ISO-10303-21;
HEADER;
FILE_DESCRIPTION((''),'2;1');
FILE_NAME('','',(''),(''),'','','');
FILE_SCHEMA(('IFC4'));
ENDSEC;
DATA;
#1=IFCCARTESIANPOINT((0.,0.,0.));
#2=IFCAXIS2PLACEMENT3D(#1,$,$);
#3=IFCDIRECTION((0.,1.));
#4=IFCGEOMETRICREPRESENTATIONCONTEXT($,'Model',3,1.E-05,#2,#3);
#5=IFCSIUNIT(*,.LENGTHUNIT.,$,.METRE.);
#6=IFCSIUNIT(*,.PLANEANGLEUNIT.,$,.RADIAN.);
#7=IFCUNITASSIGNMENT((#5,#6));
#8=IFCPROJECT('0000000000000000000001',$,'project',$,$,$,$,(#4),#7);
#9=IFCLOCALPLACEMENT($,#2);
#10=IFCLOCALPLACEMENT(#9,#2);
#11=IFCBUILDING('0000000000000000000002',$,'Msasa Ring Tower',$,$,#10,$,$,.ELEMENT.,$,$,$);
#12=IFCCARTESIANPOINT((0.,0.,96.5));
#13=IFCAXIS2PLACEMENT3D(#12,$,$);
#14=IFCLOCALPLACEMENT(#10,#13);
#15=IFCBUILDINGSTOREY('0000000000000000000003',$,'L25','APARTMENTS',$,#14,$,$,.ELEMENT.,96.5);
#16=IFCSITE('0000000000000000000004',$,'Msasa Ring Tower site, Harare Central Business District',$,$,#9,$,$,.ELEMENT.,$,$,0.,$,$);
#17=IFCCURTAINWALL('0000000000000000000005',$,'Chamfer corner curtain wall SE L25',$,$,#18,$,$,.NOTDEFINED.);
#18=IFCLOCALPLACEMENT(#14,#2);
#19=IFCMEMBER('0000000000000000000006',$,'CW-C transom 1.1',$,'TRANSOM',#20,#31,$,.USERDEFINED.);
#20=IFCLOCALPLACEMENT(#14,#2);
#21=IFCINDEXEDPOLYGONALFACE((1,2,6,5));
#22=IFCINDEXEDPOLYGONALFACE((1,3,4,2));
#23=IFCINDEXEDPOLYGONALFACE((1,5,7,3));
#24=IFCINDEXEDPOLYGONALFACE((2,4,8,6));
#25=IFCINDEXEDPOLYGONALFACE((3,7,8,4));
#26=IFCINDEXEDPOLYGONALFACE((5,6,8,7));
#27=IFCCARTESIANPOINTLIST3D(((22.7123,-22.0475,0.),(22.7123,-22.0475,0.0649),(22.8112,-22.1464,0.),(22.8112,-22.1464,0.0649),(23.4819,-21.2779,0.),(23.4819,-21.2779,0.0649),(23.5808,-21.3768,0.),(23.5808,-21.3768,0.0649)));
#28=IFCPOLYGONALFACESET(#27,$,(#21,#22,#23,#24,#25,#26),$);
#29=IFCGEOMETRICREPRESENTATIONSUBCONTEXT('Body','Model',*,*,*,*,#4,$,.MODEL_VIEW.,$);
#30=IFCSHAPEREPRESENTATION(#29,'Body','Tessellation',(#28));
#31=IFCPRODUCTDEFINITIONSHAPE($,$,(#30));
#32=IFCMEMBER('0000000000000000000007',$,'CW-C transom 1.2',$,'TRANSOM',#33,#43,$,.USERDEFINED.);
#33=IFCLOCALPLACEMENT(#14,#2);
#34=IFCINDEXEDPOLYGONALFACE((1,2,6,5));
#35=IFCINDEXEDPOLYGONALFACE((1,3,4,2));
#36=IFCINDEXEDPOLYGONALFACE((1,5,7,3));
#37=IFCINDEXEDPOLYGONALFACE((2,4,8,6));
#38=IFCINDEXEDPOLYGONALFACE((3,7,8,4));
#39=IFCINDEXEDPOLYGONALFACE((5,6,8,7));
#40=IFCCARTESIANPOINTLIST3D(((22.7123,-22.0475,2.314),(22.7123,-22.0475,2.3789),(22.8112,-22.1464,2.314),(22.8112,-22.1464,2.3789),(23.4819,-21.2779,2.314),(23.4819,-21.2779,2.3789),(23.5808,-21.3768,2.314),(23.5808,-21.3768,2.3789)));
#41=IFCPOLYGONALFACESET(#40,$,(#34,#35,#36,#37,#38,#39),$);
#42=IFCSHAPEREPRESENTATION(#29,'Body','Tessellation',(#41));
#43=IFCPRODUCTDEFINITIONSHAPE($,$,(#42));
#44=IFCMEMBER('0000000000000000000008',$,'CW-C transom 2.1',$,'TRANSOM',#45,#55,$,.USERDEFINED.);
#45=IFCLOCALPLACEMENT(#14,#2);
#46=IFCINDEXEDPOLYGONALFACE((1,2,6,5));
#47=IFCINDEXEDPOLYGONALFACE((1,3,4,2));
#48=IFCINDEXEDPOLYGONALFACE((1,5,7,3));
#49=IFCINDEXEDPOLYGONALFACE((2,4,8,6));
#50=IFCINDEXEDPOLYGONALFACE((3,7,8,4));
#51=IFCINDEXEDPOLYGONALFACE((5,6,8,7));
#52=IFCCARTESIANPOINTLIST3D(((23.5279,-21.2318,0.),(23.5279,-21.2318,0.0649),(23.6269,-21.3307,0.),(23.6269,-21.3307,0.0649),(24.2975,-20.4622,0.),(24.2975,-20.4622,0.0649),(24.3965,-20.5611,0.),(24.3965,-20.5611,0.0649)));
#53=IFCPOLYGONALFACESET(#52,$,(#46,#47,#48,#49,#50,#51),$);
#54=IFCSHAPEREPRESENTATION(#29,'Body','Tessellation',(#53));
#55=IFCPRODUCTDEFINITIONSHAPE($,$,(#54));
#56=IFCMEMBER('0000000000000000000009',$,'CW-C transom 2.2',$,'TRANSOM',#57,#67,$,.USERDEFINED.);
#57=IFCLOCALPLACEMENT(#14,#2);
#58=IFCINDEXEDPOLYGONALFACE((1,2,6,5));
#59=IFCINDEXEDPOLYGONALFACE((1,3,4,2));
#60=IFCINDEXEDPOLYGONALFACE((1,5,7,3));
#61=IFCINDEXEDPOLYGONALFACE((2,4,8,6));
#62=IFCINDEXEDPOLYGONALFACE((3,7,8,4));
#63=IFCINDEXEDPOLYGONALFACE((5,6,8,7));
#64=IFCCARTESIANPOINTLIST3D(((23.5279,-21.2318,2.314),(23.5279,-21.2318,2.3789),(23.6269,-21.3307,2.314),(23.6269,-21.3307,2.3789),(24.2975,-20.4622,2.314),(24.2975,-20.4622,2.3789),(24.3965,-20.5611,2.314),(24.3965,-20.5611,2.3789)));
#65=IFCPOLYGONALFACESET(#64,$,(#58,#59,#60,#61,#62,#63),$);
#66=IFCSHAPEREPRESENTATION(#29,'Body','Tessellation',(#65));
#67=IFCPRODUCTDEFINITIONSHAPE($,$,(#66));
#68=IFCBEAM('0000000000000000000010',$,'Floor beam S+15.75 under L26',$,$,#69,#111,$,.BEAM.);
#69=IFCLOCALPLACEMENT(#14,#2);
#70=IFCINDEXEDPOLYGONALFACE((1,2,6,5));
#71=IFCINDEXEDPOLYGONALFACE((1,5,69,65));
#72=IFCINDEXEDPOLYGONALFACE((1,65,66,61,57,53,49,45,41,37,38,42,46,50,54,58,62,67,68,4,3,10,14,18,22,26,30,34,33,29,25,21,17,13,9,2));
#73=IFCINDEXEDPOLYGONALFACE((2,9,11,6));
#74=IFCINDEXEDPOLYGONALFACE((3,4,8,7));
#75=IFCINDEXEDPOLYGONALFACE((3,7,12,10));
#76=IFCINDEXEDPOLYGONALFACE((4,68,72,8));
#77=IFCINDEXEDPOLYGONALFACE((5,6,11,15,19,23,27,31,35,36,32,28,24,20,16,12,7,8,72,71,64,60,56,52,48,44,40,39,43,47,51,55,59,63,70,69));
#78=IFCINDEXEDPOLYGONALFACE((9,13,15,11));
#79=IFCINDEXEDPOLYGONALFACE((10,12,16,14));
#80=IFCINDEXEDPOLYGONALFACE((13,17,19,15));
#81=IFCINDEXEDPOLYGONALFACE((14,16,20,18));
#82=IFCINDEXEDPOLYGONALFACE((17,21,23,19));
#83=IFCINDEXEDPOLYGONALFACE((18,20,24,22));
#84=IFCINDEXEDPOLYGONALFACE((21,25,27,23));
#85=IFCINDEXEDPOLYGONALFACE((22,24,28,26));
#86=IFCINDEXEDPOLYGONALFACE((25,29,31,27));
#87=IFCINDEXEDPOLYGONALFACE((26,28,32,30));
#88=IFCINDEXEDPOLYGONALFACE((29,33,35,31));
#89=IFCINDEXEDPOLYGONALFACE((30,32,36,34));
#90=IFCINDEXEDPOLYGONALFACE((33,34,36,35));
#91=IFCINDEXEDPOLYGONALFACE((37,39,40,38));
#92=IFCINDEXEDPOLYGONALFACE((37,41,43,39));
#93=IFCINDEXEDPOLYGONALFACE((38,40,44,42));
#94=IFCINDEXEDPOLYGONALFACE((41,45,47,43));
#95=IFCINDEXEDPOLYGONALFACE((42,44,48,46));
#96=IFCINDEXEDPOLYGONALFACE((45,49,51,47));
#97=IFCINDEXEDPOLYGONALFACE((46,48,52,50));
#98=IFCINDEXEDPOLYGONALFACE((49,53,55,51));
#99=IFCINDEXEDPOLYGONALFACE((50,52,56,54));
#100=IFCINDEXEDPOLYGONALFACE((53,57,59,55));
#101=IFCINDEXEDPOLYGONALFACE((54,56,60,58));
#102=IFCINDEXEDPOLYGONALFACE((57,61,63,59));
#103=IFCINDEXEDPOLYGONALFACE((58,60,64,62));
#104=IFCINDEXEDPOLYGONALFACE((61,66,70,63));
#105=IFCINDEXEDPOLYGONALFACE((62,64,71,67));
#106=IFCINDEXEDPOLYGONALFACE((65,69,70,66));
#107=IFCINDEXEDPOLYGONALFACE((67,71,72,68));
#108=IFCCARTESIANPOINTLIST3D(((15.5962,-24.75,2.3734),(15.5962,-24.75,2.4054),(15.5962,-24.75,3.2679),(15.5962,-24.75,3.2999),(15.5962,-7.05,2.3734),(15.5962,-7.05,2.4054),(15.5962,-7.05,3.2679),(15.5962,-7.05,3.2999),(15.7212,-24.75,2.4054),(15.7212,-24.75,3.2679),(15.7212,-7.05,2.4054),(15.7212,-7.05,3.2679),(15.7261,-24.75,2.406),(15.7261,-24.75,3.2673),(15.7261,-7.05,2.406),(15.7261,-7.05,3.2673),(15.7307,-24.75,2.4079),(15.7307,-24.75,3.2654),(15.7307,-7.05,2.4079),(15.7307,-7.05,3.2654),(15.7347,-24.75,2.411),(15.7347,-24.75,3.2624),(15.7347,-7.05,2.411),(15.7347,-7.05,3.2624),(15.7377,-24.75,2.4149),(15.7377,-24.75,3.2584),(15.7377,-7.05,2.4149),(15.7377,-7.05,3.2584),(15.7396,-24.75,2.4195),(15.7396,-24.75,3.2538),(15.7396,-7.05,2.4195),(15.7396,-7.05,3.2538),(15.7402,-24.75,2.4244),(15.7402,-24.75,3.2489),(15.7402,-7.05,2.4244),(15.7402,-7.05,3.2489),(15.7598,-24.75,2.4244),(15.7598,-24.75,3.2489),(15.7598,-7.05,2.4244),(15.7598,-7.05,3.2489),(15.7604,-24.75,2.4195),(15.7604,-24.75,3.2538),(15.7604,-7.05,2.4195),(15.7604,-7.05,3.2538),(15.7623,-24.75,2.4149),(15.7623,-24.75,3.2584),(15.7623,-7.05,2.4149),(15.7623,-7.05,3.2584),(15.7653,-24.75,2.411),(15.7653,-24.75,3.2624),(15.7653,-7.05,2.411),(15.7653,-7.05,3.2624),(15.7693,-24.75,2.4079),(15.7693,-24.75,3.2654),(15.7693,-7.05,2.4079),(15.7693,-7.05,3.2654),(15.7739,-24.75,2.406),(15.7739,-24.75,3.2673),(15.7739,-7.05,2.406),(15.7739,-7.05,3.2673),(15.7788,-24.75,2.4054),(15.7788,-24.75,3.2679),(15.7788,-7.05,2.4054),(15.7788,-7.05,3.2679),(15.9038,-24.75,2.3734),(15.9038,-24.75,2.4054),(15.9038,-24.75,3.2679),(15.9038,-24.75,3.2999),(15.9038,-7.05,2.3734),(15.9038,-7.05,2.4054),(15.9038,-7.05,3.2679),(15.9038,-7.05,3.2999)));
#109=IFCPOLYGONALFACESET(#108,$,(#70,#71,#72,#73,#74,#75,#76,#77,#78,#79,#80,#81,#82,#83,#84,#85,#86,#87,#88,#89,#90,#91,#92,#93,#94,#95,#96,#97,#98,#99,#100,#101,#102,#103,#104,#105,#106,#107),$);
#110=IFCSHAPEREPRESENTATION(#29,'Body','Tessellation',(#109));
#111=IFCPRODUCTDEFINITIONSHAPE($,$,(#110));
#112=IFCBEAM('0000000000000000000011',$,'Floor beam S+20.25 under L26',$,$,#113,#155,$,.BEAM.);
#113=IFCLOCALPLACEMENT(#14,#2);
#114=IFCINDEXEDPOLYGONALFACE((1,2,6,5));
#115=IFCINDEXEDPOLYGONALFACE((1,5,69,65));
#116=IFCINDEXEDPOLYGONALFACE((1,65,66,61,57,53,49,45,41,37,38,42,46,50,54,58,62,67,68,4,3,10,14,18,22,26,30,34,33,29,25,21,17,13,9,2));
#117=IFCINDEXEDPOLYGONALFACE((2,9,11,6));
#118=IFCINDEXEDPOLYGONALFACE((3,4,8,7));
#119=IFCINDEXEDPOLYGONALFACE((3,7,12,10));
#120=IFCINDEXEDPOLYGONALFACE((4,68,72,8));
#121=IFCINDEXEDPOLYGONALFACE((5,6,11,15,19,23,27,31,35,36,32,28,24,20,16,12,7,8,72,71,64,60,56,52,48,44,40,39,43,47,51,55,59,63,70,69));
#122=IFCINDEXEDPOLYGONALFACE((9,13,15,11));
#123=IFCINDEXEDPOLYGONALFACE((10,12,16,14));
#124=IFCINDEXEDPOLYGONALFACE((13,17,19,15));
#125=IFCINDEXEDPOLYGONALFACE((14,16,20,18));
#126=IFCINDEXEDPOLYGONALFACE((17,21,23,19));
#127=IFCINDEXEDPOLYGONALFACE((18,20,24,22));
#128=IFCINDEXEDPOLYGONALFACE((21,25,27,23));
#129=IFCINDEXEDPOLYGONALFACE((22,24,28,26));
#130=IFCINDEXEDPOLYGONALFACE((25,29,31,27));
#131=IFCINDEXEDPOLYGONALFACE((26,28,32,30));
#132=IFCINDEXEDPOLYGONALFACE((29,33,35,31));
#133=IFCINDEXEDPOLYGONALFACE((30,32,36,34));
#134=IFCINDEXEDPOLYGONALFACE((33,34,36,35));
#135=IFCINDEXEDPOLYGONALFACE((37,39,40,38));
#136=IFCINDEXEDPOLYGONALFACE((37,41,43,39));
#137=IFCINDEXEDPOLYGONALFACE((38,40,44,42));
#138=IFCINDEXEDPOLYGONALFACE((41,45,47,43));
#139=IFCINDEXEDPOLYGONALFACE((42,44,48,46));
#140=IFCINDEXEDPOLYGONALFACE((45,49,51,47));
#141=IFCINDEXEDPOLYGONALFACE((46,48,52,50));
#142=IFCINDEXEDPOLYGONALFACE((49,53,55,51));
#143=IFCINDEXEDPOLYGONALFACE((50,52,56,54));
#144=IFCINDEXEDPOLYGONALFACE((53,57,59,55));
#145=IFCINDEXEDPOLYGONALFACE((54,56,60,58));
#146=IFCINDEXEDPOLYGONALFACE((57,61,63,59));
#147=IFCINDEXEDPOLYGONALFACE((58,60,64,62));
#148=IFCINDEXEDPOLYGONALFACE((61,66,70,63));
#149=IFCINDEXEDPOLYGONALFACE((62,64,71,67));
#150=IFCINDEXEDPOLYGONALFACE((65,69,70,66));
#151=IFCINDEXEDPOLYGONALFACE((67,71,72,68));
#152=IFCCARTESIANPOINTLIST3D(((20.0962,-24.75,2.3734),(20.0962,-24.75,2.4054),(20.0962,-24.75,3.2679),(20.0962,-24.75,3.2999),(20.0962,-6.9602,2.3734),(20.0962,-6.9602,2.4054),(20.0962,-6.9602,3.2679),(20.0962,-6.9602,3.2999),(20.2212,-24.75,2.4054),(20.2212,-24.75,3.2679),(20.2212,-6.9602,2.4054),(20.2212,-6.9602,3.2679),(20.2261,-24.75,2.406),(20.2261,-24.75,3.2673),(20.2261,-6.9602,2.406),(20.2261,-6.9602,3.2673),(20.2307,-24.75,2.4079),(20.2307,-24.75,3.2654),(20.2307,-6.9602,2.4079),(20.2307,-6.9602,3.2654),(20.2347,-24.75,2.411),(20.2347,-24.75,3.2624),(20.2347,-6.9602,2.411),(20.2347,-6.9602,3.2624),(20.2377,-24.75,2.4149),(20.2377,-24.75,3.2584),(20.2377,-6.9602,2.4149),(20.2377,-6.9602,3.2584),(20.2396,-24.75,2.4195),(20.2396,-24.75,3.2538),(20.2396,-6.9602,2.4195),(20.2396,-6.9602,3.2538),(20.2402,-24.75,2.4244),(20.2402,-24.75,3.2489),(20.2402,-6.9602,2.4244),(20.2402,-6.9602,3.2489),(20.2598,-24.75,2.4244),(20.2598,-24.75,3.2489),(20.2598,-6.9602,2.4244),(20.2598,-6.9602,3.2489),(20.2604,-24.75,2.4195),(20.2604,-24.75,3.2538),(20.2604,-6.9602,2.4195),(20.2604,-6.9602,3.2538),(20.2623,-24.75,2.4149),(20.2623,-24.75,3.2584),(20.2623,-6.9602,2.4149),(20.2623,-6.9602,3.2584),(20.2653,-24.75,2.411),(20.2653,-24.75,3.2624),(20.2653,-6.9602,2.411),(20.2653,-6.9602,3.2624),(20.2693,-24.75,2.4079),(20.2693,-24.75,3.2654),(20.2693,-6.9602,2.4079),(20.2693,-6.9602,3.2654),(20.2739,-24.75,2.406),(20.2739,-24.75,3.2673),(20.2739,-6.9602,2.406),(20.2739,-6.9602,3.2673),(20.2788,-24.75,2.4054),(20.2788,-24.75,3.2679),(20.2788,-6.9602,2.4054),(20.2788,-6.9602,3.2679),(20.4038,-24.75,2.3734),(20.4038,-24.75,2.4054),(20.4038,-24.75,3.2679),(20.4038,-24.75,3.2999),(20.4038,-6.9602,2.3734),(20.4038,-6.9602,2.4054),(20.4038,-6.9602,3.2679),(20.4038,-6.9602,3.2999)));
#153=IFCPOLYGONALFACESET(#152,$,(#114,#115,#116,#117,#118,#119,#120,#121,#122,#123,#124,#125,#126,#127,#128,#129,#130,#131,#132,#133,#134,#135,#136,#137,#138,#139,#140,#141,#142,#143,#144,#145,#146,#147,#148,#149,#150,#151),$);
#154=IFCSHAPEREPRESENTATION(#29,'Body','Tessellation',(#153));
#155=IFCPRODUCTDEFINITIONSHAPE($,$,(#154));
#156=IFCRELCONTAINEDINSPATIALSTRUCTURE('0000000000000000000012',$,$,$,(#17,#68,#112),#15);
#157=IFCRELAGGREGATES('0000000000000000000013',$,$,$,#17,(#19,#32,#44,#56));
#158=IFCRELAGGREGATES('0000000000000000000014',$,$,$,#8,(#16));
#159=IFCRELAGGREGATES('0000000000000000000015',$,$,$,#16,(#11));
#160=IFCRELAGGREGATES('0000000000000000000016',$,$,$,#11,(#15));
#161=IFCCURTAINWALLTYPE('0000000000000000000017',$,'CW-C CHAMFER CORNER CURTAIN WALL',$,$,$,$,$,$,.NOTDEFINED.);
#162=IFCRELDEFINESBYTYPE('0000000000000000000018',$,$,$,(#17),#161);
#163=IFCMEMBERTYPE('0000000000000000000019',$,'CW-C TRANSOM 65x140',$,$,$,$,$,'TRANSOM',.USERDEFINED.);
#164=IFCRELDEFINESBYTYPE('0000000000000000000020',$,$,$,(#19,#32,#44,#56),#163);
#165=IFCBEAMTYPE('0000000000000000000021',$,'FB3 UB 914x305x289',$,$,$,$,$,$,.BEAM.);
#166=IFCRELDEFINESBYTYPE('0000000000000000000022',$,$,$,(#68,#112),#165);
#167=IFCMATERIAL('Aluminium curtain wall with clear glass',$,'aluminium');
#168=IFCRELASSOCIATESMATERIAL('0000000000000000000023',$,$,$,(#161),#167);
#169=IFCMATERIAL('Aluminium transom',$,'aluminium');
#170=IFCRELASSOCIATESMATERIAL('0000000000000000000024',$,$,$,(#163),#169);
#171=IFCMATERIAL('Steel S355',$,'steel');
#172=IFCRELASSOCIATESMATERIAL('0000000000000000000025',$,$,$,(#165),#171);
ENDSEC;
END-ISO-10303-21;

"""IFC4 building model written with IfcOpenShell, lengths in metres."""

from ifc_helpers import new_model, si_unit, direction, frame, origin, origin_2d, place, context, subcontext, project, spatial, rectangle, i_section, extrude, material, material_profile, profile_set, type_object, element, aggregate, save


model = new_model("IFC4")

# Units and contexts
model_context = context("Model", 3, precision=1e-05, world=origin(), true_north=direction((0.0, 1.0)))
body_context = subcontext(model_context, "Body", "Model", "MODEL_VIEW")
ifc_project = project(units=[si_unit("LENGTHUNIT", "METRE"), si_unit("PLANEANGLEUNIT", "RADIAN")], contexts=[model_context])

# Site, building, storey
site_placement = place(None, origin())
site = spatial("IfcSite", under=ifc_project, at=site_placement, Name="Msasa Ring Tower site, Harare Central Business District", CompositionType="ELEMENT", RefElevation=0.0)
building_placement = place(site_placement, origin())
building = spatial("IfcBuilding", under=site, at=building_placement, Name="Msasa Ring Tower", CompositionType="ELEMENT")
storey_placement = place(building_placement, frame((0.0, 0.0, 96.5)))
storey = spatial("IfcBuildingStorey", under=building, at=storey_placement, Name="L25", Description="APARTMENTS", CompositionType="ELEMENT", Elevation=96.5)

# Curtain wall
ifc_material_1 = material(Name="Aluminium curtain wall with clear glass", Category="aluminium")
curtain_wall_type = type_object("IfcCurtainWallType", Name="CW-C CHAMFER CORNER CURTAIN WALL", PredefinedType="NOTDEFINED", material=ifc_material_1)
curtain_wall_1_placement = place(storey_placement, origin())
curtain_wall_1 = element("IfcCurtainWall", 1, at=curtain_wall_1_placement, inside=storey, type_object=curtain_wall_type, Name="Chamfer corner curtain wall SE L25", PredefinedType="NOTDEFINED")

# Members
ifc_material_2 = material(Name="Aluminium transom", Category="aluminium")
ifc_material_profile_1 = material_profile(ifc_material_2, rectangle(XDim=0.1399, YDim=0.0649, at=origin_2d()), Name="AL 65x140")
ifc_profile_set_1 = profile_set([ifc_material_profile_1], Name="Aluminium transom")
member_type_1 = type_object("IfcMemberType", Name="CW-C TRANSOM 65x140", ElementType="TRANSOM", PredefinedType="USERDEFINED", material=ifc_profile_set_1)
member_1_placement = place(storey_placement, frame((22.7617, -22.0969, 0.0325), z_axis=(0.707107, 0.707107, 0.0), x_axis=(-0.707107, 0.707107, 0.0)))
member_1 = element("IfcMember", 2, at=member_1_placement, type_object=member_type_1, Name="CW-C transom 1.1", ObjectType="TRANSOM", PredefinedType="USERDEFINED", context=body_context, shape_type="SweptSolid", body=[
    extrude(rectangle(XDim=0.1399, YDim=0.0649, at=origin_2d()), origin(), (0.0, 0.0, 1.0), 1.0884),
])
member_2_placement = place(storey_placement, frame((22.7617, -22.0969, 2.3464), z_axis=(0.707107, 0.707107, 0.0), x_axis=(-0.707107, 0.707107, 0.0)))
member_2 = element("IfcMember", 3, at=member_2_placement, type_object=member_type_1, Name="CW-C transom 1.2", ObjectType="TRANSOM", PredefinedType="USERDEFINED", context=body_context, shape_type="SweptSolid", body=[
    extrude(rectangle(XDim=0.1399, YDim=0.0649, at=origin_2d()), origin(), (0.0, 0.0, 1.0), 1.0884),
])
member_3_placement = place(storey_placement, frame((23.5774, -21.2812, 0.0325), z_axis=(0.707107, 0.707107, 0.0), x_axis=(-0.707107, 0.707107, 0.0)))
member_3 = element("IfcMember", 4, at=member_3_placement, type_object=member_type_1, Name="CW-C transom 2.1", ObjectType="TRANSOM", PredefinedType="USERDEFINED", context=body_context, shape_type="SweptSolid", body=[
    extrude(rectangle(XDim=0.1399, YDim=0.0649, at=origin_2d()), origin(), (0.0, 0.0, 1.0), 1.0884),
])
member_4_placement = place(storey_placement, frame((23.5774, -21.2812, 2.3464), z_axis=(0.707107, 0.707107, 0.0), x_axis=(-0.707107, 0.707107, 0.0)))
member_4 = element("IfcMember", 5, at=member_4_placement, type_object=member_type_1, Name="CW-C transom 2.2", ObjectType="TRANSOM", PredefinedType="USERDEFINED", context=body_context, shape_type="SweptSolid", body=[
    extrude(rectangle(XDim=0.1399, YDim=0.0649, at=origin_2d()), origin(), (0.0, 0.0, 1.0), 1.0884),
])

# Beams
ifc_material_3 = material(Name="Steel S355", Category="steel")
ifc_material_profile_2 = material_profile(ifc_material_3, i_section(OverallWidth=0.3076, OverallDepth=0.9265, WebThickness=0.0195, FlangeThickness=0.032, FilletRadius=0.019, at=origin_2d()), Name="UB 914x305x289")
ifc_profile_set_2 = profile_set([ifc_material_profile_2], Name="Steel S355")
beam_type_1 = type_object("IfcBeamType", Name="FB3 UB 914x305x289", PredefinedType="BEAM", material=ifc_profile_set_2)
beam_1_placement = place(storey_placement, frame((15.75, -24.75, 2.8367), z_axis=(0.0, 1.0, 0.0), x_axis=(-1.0, 0.0, 0.0)))
element("IfcBeam", 6, at=beam_1_placement, inside=storey, type_object=beam_type_1, Name="Floor beam S+15.75 under L26", PredefinedType="BEAM", context=body_context, shape_type="SweptSolid", body=[
    extrude(i_section(OverallWidth=0.3076, OverallDepth=0.9265, WebThickness=0.0195, FlangeThickness=0.032, FilletRadius=0.019, at=origin_2d()), origin(), (0.0, 0.0, 1.0), 17.7),
])
beam_2_placement = place(storey_placement, frame((20.25, -24.75, 2.8367), z_axis=(0.0, 1.0, 0.0), x_axis=(-1.0, 0.0, 0.0)))
element("IfcBeam", 7, at=beam_2_placement, inside=storey, type_object=beam_type_1, Name="Floor beam S+20.25 under L26", PredefinedType="BEAM", context=body_context, shape_type="SweptSolid", body=[
    extrude(i_section(OverallWidth=0.3076, OverallDepth=0.9265, WebThickness=0.0195, FlangeThickness=0.032, FilletRadius=0.019, at=origin_2d()), origin(), (0.0, 0.0, 1.0), 17.7898),
])

aggregate(curtain_wall_1, [member_1, member_2, member_3, member_4])

save(model, "model.ifc")
